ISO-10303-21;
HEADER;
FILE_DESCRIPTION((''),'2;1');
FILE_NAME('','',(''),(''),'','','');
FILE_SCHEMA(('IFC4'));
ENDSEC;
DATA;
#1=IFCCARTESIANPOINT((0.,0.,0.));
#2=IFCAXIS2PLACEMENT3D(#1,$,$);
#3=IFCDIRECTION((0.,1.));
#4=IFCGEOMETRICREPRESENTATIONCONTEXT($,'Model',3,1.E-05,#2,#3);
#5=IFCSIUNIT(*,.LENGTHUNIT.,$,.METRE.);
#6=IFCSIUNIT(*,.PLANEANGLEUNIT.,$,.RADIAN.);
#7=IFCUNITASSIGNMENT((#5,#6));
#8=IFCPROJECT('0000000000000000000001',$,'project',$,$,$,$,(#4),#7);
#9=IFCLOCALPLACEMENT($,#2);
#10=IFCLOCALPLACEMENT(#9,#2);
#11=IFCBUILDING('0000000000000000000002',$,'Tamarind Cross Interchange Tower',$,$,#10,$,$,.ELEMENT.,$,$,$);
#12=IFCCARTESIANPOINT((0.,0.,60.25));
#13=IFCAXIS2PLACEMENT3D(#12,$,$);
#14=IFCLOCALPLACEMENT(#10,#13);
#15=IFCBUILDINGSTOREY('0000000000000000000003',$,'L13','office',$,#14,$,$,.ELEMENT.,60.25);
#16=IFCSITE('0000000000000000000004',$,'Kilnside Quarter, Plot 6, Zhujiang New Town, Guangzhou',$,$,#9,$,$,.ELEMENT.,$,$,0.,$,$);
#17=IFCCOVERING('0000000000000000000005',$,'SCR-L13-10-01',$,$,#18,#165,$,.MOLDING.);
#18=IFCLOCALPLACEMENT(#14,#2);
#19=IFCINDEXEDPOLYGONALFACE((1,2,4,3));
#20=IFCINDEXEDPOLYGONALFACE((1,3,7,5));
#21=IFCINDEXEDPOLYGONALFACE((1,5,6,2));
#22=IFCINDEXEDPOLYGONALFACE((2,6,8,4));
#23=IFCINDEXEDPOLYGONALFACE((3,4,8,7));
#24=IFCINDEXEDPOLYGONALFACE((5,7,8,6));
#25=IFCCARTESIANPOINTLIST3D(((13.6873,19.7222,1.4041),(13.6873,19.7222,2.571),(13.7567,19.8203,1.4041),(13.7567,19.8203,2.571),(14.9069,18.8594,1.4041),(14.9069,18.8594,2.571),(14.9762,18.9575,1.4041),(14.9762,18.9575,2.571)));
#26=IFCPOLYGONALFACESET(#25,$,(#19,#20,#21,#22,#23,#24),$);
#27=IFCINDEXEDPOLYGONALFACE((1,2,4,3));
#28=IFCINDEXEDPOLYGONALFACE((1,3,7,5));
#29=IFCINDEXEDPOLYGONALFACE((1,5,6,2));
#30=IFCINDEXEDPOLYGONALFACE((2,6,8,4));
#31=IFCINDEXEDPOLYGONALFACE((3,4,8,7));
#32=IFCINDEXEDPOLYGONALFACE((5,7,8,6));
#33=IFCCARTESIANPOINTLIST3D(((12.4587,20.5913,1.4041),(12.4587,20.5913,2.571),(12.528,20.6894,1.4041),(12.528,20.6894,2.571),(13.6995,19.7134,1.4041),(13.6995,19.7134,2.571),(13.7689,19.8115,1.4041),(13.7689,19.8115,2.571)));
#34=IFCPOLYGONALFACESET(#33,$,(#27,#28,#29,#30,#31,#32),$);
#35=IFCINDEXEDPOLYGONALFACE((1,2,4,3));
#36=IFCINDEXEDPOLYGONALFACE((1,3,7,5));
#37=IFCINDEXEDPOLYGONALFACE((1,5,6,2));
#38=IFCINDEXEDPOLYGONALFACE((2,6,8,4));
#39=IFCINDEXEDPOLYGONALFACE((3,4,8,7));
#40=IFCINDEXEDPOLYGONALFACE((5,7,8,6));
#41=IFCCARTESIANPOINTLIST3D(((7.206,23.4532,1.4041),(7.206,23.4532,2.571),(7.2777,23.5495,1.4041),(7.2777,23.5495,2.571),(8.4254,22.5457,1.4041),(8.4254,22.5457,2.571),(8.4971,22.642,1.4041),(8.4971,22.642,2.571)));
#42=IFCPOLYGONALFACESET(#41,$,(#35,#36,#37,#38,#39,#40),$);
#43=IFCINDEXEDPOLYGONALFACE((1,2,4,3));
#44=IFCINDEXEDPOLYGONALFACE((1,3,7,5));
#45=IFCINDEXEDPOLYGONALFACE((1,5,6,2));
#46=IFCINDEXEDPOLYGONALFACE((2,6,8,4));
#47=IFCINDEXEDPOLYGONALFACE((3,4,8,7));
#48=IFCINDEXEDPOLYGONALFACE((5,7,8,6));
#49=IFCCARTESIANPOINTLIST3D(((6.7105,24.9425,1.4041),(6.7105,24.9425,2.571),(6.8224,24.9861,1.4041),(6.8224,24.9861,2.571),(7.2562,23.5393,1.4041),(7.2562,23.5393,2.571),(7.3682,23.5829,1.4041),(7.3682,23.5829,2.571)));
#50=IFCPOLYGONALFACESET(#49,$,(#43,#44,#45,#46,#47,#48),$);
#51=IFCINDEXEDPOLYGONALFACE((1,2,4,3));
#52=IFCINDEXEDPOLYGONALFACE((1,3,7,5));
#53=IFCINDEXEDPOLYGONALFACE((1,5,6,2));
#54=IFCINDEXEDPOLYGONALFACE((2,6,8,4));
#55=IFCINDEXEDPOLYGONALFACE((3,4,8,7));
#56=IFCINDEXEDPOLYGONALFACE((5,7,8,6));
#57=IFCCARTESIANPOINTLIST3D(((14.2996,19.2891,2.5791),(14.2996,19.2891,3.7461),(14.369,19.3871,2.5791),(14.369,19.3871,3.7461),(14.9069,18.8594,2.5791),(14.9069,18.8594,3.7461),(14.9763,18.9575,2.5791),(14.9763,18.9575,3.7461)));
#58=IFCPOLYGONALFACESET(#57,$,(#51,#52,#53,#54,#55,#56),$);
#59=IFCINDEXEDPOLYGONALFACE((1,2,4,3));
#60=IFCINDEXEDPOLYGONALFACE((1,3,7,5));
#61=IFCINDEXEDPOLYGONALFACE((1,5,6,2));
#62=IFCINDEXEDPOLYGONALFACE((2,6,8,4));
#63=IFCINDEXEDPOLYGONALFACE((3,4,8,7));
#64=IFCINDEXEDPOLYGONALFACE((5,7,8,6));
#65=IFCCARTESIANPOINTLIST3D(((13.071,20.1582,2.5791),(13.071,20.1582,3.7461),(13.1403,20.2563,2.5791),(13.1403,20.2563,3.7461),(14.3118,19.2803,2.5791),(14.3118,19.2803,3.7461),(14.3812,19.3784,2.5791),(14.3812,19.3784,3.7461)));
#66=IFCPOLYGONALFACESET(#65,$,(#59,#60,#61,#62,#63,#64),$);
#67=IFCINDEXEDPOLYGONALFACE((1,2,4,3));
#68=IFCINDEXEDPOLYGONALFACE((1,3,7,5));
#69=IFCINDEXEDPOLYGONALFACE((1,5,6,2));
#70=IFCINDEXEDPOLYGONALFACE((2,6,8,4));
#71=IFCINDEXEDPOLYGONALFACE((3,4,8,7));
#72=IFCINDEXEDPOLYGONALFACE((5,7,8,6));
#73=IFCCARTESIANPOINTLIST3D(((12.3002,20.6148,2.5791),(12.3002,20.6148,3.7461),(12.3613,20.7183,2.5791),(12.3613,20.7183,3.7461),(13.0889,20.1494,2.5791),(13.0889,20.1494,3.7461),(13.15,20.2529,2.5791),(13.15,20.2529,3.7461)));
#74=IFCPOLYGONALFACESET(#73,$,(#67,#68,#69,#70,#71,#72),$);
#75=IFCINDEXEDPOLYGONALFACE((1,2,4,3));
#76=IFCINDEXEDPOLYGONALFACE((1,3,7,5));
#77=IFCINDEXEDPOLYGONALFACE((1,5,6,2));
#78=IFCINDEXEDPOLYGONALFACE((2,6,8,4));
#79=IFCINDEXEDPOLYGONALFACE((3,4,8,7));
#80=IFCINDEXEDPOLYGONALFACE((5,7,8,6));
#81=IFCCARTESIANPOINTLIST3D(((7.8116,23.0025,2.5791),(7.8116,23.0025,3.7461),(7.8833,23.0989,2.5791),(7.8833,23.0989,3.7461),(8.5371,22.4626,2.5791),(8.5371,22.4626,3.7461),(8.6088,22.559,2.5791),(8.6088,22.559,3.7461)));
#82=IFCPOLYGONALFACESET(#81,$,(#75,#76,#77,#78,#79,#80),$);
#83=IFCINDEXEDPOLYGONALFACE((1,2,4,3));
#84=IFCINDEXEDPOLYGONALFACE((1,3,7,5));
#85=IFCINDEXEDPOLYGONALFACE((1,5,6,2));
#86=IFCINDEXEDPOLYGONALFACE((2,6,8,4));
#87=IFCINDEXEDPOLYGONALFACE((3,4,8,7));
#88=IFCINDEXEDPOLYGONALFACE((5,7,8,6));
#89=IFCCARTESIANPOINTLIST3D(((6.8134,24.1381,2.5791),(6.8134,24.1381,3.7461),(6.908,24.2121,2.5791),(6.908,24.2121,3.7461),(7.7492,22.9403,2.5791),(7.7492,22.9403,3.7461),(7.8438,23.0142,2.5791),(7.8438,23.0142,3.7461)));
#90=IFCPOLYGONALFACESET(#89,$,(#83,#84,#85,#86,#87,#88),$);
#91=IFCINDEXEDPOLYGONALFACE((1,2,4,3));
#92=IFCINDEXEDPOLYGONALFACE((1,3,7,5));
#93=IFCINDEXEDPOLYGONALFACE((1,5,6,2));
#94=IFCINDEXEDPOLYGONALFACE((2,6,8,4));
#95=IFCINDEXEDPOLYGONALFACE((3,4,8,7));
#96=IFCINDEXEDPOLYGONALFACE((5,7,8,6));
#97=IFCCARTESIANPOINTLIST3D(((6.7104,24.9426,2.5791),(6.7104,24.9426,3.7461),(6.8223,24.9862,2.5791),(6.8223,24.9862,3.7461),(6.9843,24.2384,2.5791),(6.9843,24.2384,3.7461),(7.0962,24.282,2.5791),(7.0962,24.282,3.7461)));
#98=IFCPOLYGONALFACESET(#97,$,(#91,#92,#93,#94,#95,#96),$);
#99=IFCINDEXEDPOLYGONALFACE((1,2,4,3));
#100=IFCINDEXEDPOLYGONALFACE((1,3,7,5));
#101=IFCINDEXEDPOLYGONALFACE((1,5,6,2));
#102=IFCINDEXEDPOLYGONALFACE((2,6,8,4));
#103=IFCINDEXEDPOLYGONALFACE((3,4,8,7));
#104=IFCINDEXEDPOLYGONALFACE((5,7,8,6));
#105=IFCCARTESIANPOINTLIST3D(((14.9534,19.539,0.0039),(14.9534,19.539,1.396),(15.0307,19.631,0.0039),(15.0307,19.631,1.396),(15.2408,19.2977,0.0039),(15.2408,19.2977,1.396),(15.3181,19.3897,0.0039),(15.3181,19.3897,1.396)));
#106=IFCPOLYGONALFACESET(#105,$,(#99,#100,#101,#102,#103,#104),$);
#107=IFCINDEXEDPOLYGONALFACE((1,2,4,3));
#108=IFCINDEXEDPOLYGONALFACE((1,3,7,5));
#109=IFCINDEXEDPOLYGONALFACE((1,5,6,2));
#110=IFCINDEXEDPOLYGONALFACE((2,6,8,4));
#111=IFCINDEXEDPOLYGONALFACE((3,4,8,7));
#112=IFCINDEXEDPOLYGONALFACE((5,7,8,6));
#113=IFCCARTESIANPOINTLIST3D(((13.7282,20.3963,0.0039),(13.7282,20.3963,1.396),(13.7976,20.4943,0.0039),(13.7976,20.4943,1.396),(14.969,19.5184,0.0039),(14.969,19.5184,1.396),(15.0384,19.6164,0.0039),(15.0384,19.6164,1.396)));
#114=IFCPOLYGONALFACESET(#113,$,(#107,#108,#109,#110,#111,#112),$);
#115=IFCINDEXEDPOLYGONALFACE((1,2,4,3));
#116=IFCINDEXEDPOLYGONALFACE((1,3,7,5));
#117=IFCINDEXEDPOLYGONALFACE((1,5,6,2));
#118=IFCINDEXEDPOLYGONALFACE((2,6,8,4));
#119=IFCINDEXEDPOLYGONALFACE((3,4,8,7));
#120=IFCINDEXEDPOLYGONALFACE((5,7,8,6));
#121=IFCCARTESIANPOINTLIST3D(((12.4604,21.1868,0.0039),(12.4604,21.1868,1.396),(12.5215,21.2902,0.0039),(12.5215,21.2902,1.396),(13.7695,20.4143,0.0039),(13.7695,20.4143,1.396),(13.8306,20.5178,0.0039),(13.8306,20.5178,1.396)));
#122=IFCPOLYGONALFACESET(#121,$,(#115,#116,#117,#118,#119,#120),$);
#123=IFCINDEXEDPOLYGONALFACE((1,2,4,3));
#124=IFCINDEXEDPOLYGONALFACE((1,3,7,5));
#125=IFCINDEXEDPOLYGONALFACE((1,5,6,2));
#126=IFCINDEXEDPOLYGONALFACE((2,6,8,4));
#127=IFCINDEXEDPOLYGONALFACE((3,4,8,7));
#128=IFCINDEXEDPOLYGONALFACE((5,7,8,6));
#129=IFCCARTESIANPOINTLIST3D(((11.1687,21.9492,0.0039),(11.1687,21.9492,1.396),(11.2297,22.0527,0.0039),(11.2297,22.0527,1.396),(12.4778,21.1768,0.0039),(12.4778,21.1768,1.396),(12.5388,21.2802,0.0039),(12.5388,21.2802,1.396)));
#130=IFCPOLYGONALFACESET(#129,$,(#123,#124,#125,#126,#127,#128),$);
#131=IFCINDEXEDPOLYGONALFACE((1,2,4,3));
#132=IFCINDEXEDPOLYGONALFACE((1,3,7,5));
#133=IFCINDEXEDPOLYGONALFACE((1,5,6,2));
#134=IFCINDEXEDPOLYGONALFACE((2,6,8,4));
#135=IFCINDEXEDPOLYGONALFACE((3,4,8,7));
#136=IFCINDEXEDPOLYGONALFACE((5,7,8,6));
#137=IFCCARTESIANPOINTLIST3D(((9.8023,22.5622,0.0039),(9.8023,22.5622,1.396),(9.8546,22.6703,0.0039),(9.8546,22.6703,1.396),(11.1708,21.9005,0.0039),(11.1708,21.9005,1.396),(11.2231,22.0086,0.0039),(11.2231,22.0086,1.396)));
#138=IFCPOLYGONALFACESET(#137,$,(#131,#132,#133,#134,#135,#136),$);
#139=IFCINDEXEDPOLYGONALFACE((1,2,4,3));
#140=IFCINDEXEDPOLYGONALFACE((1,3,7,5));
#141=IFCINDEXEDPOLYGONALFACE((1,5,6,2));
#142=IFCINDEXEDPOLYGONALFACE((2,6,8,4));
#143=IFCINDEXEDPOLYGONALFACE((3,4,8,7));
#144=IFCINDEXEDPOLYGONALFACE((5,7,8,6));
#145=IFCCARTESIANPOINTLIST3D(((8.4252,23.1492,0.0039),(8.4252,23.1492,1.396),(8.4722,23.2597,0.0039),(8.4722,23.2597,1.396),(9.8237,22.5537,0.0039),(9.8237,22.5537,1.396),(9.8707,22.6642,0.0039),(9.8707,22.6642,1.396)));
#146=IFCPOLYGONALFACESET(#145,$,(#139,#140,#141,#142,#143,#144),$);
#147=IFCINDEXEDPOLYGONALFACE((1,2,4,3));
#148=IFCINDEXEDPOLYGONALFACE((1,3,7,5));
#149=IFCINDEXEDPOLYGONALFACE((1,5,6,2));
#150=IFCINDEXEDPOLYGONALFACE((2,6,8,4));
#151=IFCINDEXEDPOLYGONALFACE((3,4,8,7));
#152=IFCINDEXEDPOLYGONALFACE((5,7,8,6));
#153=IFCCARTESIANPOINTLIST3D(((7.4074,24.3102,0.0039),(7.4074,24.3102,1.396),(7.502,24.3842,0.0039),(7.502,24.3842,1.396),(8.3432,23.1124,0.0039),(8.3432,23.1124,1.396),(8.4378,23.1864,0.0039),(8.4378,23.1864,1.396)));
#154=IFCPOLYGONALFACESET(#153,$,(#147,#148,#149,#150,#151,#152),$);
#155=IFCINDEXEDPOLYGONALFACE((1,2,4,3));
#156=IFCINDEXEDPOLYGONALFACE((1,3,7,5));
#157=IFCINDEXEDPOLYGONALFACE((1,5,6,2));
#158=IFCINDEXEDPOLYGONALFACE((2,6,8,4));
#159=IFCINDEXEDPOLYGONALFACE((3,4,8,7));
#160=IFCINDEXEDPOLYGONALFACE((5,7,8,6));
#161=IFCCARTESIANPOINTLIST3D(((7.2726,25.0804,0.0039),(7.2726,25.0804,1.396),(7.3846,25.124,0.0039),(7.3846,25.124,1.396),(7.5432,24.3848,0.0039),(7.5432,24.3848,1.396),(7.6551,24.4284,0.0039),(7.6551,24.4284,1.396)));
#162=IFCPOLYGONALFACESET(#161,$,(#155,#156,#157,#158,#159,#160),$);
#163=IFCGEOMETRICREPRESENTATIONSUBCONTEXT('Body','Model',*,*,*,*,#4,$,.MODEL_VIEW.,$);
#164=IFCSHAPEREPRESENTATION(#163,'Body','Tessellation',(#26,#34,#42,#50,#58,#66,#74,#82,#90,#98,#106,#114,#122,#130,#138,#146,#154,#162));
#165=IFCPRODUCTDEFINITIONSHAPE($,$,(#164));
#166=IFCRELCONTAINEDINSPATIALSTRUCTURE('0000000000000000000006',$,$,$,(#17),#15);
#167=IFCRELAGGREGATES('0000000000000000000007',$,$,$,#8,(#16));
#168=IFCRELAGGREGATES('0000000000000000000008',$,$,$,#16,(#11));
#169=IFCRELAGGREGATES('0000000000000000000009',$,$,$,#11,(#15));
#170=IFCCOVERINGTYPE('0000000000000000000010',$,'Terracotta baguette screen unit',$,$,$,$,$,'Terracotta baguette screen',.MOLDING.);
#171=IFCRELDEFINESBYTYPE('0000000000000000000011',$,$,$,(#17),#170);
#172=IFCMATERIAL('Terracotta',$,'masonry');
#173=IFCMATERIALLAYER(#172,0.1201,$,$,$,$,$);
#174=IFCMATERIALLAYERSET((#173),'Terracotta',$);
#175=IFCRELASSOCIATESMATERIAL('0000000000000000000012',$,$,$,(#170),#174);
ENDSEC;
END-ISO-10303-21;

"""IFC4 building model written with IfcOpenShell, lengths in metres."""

from ifc_helpers import new_model, si_unit, direction, frame, origin, origin_2d, place, context, subcontext, project, spatial, rectangle, extrude, material, layer, layer_set, type_object, element, save


model = new_model("IFC4")

# Units and contexts
model_context = context("Model", 3, precision=1e-05, world=origin(), true_north=direction((0.0, 1.0)))
body_context = subcontext(model_context, "Body", "Model", "MODEL_VIEW")
ifc_project = project(units=[si_unit("LENGTHUNIT", "METRE"), si_unit("PLANEANGLEUNIT", "RADIAN")], contexts=[model_context])

# Site, building, storey
site_placement = place(None, origin())
site = spatial("IfcSite", under=ifc_project, at=site_placement, Name="Kilnside Quarter, Plot 6, Zhujiang New Town, Guangzhou", CompositionType="ELEMENT", RefElevation=0.0)
building_placement = place(site_placement, origin())
building = spatial("IfcBuilding", under=site, at=building_placement, Name="Tamarind Cross Interchange Tower", CompositionType="ELEMENT")
storey_placement = place(building_placement, frame((0.0, 0.0, 60.25)))
storey = spatial("IfcBuildingStorey", under=building, at=storey_placement, Name="L13", Description="office", CompositionType="ELEMENT", Elevation=60.25)

# Covering
ifc_material_1 = material(Name="Terracotta", Category="masonry")
ifc_layer_1 = layer(ifc_material_1, 0.1201)
ifc_layer_set_1 = layer_set([ifc_layer_1], Name="Terracotta")
covering_type = type_object("IfcCoveringType", Name="Terracotta baguette screen unit", ElementType="Terracotta baguette screen", PredefinedType="MOLDING", material=ifc_layer_set_1)
covering_1_placement = place(storey_placement, origin())
element("IfcCovering", 1, at=covering_1_placement, inside=storey, type_object=covering_type, Name="SCR-L13-10-01", PredefinedType="MOLDING", context=body_context, shape_type="SweptSolid", body=[
    extrude(rectangle(XDim=1.4939, YDim=0.1201, at=origin_2d()), frame((14.3318, 19.3398, 1.4041), z_axis=(0.0, 0.0, 1.0), x_axis=(-0.816342, 0.577569, 0.0)), (0.0, 0.0, 1.0), 1.167),
    extrude(rectangle(XDim=1.52, YDim=0.1201, at=origin_2d()), frame((13.1138, 20.2014, 1.4041), z_axis=(0.0, 0.0, 1.0), x_axis=(-0.816342, 0.577569, 0.0)), (0.0, 0.0, 1.0), 1.167),
    extrude(rectangle(XDim=1.52, YDim=0.1201, at=origin_2d()), frame((7.8516, 23.0476, 1.4041), z_axis=(0.0, 0.0, 1.0), x_axis=(-0.802209, 0.597043, 0.0)), (0.0, 0.0, 1.0), 1.167),
    extrude(rectangle(XDim=1.5056, YDim=0.1201, at=origin_2d()), frame((7.0393, 24.2627, 1.4041), z_axis=(0.0, 0.0, 1.0), x_axis=(-0.362473, 0.931994, 0.0)), (0.0, 0.0, 1.0), 1.167),
    extrude(rectangle(XDim=0.7439, YDim=0.1201, at=origin_2d()), frame((14.6379, 19.1233, 2.5791), z_axis=(0.0, 0.0, 1.0), x_axis=(-0.816342, 0.577569, 0.0)), (0.0, 0.0, 1.0), 1.167),
    extrude(rectangle(XDim=1.52, YDim=0.1201, at=origin_2d()), frame((13.7261, 19.7683, 2.5791), z_axis=(0.0, 0.0, 1.0), x_axis=(-0.816342, 0.577569, 0.0)), (0.0, 0.0, 1.0), 1.167),
    extrude(rectangle(XDim=0.9158, YDim=0.1201, at=origin_2d()), frame((12.7251, 20.4338, 2.5791), z_axis=(0.0, 0.0, 1.0), x_axis=(-0.861249, 0.508183, 0.0)), (0.0, 0.0, 1.0), 1.167),
    extrude(rectangle(XDim=0.9043, YDim=0.1201, at=origin_2d()), frame((8.2102, 22.7808, 2.5791), z_axis=(0.0, 0.0, 1.0), x_axis=(-0.802209, 0.597043, 0.0)), (0.0, 0.0, 1.0), 1.167),
    extrude(rectangle(XDim=1.52, YDim=0.1201, at=origin_2d()), frame((7.3286, 23.5762, 2.5791), z_axis=(0.0, 0.0, 1.0), x_axis=(-0.615646, 0.788023, 0.0)), (0.0, 0.0, 1.0), 1.167),
    extrude(rectangle(XDim=0.7556, YDim=0.1201, at=origin_2d()), frame((6.9033, 24.6123, 2.5791), z_axis=(0.0, 0.0, 1.0), x_axis=(-0.362473, 0.931994, 0.0)), (0.0, 0.0, 1.0), 1.167),
    extrude(rectangle(XDim=0.3752, YDim=0.1201, at=origin_2d()), frame((15.1357, 19.4644, 0.0039), z_axis=(0.0, 0.0, 1.0), x_axis=(-0.765858, 0.643009, 0.0)), (0.0, 0.0, 1.0), 1.3921),
    extrude(rectangle(XDim=1.52, YDim=0.1201, at=origin_2d()), frame((14.3833, 20.0063, 0.0039), z_axis=(0.0, 0.0, 1.0), x_axis=(-0.816342, 0.577569, 0.0)), (0.0, 0.0, 1.0), 1.3921),
    extrude(rectangle(XDim=1.52, YDim=0.1201, at=origin_2d()), frame((13.1455, 20.8523, 0.0039), z_axis=(0.0, 0.0, 1.0), x_axis=(-0.861249, 0.508183, 0.0)), (0.0, 0.0, 1.0), 1.3921),
    extrude(rectangle(XDim=1.52, YDim=0.1201, at=origin_2d()), frame((11.8538, 21.6147, 0.0039), z_axis=(0.0, 0.0, 1.0), x_axis=(-0.861249, 0.508183, 0.0)), (0.0, 0.0, 1.0), 1.3921),
    extrude(rectangle(XDim=1.52, YDim=0.1201, at=origin_2d()), frame((10.5127, 22.2854, 0.0039), z_axis=(0.0, 0.0, 1.0), x_axis=(-0.900273, 0.435326, 0.0)), (0.0, 0.0, 1.0), 1.3921),
    extrude(rectangle(XDim=1.52, YDim=0.1201, at=origin_2d()), frame((9.1479, 22.9067, 0.0039), z_axis=(0.0, 0.0, 1.0), x_axis=(-0.920061, 0.391775, 0.0)), (0.0, 0.0, 1.0), 1.3921),
    extrude(rectangle(XDim=1.52, YDim=0.1201, at=origin_2d()), frame((7.9226, 23.7483, 0.0039), z_axis=(0.0, 0.0, 1.0), x_axis=(-0.615646, 0.788023, 0.0)), (0.0, 0.0, 1.0), 1.3921),
    extrude(rectangle(XDim=0.7463, YDim=0.1201, at=origin_2d()), frame((7.4639, 24.7544, 0.0039), z_axis=(0.0, 0.0, 1.0), x_axis=(-0.362473, 0.931994, 0.0)), (0.0, 0.0, 1.0), 1.3921),
])

save(model, "model.ifc")
